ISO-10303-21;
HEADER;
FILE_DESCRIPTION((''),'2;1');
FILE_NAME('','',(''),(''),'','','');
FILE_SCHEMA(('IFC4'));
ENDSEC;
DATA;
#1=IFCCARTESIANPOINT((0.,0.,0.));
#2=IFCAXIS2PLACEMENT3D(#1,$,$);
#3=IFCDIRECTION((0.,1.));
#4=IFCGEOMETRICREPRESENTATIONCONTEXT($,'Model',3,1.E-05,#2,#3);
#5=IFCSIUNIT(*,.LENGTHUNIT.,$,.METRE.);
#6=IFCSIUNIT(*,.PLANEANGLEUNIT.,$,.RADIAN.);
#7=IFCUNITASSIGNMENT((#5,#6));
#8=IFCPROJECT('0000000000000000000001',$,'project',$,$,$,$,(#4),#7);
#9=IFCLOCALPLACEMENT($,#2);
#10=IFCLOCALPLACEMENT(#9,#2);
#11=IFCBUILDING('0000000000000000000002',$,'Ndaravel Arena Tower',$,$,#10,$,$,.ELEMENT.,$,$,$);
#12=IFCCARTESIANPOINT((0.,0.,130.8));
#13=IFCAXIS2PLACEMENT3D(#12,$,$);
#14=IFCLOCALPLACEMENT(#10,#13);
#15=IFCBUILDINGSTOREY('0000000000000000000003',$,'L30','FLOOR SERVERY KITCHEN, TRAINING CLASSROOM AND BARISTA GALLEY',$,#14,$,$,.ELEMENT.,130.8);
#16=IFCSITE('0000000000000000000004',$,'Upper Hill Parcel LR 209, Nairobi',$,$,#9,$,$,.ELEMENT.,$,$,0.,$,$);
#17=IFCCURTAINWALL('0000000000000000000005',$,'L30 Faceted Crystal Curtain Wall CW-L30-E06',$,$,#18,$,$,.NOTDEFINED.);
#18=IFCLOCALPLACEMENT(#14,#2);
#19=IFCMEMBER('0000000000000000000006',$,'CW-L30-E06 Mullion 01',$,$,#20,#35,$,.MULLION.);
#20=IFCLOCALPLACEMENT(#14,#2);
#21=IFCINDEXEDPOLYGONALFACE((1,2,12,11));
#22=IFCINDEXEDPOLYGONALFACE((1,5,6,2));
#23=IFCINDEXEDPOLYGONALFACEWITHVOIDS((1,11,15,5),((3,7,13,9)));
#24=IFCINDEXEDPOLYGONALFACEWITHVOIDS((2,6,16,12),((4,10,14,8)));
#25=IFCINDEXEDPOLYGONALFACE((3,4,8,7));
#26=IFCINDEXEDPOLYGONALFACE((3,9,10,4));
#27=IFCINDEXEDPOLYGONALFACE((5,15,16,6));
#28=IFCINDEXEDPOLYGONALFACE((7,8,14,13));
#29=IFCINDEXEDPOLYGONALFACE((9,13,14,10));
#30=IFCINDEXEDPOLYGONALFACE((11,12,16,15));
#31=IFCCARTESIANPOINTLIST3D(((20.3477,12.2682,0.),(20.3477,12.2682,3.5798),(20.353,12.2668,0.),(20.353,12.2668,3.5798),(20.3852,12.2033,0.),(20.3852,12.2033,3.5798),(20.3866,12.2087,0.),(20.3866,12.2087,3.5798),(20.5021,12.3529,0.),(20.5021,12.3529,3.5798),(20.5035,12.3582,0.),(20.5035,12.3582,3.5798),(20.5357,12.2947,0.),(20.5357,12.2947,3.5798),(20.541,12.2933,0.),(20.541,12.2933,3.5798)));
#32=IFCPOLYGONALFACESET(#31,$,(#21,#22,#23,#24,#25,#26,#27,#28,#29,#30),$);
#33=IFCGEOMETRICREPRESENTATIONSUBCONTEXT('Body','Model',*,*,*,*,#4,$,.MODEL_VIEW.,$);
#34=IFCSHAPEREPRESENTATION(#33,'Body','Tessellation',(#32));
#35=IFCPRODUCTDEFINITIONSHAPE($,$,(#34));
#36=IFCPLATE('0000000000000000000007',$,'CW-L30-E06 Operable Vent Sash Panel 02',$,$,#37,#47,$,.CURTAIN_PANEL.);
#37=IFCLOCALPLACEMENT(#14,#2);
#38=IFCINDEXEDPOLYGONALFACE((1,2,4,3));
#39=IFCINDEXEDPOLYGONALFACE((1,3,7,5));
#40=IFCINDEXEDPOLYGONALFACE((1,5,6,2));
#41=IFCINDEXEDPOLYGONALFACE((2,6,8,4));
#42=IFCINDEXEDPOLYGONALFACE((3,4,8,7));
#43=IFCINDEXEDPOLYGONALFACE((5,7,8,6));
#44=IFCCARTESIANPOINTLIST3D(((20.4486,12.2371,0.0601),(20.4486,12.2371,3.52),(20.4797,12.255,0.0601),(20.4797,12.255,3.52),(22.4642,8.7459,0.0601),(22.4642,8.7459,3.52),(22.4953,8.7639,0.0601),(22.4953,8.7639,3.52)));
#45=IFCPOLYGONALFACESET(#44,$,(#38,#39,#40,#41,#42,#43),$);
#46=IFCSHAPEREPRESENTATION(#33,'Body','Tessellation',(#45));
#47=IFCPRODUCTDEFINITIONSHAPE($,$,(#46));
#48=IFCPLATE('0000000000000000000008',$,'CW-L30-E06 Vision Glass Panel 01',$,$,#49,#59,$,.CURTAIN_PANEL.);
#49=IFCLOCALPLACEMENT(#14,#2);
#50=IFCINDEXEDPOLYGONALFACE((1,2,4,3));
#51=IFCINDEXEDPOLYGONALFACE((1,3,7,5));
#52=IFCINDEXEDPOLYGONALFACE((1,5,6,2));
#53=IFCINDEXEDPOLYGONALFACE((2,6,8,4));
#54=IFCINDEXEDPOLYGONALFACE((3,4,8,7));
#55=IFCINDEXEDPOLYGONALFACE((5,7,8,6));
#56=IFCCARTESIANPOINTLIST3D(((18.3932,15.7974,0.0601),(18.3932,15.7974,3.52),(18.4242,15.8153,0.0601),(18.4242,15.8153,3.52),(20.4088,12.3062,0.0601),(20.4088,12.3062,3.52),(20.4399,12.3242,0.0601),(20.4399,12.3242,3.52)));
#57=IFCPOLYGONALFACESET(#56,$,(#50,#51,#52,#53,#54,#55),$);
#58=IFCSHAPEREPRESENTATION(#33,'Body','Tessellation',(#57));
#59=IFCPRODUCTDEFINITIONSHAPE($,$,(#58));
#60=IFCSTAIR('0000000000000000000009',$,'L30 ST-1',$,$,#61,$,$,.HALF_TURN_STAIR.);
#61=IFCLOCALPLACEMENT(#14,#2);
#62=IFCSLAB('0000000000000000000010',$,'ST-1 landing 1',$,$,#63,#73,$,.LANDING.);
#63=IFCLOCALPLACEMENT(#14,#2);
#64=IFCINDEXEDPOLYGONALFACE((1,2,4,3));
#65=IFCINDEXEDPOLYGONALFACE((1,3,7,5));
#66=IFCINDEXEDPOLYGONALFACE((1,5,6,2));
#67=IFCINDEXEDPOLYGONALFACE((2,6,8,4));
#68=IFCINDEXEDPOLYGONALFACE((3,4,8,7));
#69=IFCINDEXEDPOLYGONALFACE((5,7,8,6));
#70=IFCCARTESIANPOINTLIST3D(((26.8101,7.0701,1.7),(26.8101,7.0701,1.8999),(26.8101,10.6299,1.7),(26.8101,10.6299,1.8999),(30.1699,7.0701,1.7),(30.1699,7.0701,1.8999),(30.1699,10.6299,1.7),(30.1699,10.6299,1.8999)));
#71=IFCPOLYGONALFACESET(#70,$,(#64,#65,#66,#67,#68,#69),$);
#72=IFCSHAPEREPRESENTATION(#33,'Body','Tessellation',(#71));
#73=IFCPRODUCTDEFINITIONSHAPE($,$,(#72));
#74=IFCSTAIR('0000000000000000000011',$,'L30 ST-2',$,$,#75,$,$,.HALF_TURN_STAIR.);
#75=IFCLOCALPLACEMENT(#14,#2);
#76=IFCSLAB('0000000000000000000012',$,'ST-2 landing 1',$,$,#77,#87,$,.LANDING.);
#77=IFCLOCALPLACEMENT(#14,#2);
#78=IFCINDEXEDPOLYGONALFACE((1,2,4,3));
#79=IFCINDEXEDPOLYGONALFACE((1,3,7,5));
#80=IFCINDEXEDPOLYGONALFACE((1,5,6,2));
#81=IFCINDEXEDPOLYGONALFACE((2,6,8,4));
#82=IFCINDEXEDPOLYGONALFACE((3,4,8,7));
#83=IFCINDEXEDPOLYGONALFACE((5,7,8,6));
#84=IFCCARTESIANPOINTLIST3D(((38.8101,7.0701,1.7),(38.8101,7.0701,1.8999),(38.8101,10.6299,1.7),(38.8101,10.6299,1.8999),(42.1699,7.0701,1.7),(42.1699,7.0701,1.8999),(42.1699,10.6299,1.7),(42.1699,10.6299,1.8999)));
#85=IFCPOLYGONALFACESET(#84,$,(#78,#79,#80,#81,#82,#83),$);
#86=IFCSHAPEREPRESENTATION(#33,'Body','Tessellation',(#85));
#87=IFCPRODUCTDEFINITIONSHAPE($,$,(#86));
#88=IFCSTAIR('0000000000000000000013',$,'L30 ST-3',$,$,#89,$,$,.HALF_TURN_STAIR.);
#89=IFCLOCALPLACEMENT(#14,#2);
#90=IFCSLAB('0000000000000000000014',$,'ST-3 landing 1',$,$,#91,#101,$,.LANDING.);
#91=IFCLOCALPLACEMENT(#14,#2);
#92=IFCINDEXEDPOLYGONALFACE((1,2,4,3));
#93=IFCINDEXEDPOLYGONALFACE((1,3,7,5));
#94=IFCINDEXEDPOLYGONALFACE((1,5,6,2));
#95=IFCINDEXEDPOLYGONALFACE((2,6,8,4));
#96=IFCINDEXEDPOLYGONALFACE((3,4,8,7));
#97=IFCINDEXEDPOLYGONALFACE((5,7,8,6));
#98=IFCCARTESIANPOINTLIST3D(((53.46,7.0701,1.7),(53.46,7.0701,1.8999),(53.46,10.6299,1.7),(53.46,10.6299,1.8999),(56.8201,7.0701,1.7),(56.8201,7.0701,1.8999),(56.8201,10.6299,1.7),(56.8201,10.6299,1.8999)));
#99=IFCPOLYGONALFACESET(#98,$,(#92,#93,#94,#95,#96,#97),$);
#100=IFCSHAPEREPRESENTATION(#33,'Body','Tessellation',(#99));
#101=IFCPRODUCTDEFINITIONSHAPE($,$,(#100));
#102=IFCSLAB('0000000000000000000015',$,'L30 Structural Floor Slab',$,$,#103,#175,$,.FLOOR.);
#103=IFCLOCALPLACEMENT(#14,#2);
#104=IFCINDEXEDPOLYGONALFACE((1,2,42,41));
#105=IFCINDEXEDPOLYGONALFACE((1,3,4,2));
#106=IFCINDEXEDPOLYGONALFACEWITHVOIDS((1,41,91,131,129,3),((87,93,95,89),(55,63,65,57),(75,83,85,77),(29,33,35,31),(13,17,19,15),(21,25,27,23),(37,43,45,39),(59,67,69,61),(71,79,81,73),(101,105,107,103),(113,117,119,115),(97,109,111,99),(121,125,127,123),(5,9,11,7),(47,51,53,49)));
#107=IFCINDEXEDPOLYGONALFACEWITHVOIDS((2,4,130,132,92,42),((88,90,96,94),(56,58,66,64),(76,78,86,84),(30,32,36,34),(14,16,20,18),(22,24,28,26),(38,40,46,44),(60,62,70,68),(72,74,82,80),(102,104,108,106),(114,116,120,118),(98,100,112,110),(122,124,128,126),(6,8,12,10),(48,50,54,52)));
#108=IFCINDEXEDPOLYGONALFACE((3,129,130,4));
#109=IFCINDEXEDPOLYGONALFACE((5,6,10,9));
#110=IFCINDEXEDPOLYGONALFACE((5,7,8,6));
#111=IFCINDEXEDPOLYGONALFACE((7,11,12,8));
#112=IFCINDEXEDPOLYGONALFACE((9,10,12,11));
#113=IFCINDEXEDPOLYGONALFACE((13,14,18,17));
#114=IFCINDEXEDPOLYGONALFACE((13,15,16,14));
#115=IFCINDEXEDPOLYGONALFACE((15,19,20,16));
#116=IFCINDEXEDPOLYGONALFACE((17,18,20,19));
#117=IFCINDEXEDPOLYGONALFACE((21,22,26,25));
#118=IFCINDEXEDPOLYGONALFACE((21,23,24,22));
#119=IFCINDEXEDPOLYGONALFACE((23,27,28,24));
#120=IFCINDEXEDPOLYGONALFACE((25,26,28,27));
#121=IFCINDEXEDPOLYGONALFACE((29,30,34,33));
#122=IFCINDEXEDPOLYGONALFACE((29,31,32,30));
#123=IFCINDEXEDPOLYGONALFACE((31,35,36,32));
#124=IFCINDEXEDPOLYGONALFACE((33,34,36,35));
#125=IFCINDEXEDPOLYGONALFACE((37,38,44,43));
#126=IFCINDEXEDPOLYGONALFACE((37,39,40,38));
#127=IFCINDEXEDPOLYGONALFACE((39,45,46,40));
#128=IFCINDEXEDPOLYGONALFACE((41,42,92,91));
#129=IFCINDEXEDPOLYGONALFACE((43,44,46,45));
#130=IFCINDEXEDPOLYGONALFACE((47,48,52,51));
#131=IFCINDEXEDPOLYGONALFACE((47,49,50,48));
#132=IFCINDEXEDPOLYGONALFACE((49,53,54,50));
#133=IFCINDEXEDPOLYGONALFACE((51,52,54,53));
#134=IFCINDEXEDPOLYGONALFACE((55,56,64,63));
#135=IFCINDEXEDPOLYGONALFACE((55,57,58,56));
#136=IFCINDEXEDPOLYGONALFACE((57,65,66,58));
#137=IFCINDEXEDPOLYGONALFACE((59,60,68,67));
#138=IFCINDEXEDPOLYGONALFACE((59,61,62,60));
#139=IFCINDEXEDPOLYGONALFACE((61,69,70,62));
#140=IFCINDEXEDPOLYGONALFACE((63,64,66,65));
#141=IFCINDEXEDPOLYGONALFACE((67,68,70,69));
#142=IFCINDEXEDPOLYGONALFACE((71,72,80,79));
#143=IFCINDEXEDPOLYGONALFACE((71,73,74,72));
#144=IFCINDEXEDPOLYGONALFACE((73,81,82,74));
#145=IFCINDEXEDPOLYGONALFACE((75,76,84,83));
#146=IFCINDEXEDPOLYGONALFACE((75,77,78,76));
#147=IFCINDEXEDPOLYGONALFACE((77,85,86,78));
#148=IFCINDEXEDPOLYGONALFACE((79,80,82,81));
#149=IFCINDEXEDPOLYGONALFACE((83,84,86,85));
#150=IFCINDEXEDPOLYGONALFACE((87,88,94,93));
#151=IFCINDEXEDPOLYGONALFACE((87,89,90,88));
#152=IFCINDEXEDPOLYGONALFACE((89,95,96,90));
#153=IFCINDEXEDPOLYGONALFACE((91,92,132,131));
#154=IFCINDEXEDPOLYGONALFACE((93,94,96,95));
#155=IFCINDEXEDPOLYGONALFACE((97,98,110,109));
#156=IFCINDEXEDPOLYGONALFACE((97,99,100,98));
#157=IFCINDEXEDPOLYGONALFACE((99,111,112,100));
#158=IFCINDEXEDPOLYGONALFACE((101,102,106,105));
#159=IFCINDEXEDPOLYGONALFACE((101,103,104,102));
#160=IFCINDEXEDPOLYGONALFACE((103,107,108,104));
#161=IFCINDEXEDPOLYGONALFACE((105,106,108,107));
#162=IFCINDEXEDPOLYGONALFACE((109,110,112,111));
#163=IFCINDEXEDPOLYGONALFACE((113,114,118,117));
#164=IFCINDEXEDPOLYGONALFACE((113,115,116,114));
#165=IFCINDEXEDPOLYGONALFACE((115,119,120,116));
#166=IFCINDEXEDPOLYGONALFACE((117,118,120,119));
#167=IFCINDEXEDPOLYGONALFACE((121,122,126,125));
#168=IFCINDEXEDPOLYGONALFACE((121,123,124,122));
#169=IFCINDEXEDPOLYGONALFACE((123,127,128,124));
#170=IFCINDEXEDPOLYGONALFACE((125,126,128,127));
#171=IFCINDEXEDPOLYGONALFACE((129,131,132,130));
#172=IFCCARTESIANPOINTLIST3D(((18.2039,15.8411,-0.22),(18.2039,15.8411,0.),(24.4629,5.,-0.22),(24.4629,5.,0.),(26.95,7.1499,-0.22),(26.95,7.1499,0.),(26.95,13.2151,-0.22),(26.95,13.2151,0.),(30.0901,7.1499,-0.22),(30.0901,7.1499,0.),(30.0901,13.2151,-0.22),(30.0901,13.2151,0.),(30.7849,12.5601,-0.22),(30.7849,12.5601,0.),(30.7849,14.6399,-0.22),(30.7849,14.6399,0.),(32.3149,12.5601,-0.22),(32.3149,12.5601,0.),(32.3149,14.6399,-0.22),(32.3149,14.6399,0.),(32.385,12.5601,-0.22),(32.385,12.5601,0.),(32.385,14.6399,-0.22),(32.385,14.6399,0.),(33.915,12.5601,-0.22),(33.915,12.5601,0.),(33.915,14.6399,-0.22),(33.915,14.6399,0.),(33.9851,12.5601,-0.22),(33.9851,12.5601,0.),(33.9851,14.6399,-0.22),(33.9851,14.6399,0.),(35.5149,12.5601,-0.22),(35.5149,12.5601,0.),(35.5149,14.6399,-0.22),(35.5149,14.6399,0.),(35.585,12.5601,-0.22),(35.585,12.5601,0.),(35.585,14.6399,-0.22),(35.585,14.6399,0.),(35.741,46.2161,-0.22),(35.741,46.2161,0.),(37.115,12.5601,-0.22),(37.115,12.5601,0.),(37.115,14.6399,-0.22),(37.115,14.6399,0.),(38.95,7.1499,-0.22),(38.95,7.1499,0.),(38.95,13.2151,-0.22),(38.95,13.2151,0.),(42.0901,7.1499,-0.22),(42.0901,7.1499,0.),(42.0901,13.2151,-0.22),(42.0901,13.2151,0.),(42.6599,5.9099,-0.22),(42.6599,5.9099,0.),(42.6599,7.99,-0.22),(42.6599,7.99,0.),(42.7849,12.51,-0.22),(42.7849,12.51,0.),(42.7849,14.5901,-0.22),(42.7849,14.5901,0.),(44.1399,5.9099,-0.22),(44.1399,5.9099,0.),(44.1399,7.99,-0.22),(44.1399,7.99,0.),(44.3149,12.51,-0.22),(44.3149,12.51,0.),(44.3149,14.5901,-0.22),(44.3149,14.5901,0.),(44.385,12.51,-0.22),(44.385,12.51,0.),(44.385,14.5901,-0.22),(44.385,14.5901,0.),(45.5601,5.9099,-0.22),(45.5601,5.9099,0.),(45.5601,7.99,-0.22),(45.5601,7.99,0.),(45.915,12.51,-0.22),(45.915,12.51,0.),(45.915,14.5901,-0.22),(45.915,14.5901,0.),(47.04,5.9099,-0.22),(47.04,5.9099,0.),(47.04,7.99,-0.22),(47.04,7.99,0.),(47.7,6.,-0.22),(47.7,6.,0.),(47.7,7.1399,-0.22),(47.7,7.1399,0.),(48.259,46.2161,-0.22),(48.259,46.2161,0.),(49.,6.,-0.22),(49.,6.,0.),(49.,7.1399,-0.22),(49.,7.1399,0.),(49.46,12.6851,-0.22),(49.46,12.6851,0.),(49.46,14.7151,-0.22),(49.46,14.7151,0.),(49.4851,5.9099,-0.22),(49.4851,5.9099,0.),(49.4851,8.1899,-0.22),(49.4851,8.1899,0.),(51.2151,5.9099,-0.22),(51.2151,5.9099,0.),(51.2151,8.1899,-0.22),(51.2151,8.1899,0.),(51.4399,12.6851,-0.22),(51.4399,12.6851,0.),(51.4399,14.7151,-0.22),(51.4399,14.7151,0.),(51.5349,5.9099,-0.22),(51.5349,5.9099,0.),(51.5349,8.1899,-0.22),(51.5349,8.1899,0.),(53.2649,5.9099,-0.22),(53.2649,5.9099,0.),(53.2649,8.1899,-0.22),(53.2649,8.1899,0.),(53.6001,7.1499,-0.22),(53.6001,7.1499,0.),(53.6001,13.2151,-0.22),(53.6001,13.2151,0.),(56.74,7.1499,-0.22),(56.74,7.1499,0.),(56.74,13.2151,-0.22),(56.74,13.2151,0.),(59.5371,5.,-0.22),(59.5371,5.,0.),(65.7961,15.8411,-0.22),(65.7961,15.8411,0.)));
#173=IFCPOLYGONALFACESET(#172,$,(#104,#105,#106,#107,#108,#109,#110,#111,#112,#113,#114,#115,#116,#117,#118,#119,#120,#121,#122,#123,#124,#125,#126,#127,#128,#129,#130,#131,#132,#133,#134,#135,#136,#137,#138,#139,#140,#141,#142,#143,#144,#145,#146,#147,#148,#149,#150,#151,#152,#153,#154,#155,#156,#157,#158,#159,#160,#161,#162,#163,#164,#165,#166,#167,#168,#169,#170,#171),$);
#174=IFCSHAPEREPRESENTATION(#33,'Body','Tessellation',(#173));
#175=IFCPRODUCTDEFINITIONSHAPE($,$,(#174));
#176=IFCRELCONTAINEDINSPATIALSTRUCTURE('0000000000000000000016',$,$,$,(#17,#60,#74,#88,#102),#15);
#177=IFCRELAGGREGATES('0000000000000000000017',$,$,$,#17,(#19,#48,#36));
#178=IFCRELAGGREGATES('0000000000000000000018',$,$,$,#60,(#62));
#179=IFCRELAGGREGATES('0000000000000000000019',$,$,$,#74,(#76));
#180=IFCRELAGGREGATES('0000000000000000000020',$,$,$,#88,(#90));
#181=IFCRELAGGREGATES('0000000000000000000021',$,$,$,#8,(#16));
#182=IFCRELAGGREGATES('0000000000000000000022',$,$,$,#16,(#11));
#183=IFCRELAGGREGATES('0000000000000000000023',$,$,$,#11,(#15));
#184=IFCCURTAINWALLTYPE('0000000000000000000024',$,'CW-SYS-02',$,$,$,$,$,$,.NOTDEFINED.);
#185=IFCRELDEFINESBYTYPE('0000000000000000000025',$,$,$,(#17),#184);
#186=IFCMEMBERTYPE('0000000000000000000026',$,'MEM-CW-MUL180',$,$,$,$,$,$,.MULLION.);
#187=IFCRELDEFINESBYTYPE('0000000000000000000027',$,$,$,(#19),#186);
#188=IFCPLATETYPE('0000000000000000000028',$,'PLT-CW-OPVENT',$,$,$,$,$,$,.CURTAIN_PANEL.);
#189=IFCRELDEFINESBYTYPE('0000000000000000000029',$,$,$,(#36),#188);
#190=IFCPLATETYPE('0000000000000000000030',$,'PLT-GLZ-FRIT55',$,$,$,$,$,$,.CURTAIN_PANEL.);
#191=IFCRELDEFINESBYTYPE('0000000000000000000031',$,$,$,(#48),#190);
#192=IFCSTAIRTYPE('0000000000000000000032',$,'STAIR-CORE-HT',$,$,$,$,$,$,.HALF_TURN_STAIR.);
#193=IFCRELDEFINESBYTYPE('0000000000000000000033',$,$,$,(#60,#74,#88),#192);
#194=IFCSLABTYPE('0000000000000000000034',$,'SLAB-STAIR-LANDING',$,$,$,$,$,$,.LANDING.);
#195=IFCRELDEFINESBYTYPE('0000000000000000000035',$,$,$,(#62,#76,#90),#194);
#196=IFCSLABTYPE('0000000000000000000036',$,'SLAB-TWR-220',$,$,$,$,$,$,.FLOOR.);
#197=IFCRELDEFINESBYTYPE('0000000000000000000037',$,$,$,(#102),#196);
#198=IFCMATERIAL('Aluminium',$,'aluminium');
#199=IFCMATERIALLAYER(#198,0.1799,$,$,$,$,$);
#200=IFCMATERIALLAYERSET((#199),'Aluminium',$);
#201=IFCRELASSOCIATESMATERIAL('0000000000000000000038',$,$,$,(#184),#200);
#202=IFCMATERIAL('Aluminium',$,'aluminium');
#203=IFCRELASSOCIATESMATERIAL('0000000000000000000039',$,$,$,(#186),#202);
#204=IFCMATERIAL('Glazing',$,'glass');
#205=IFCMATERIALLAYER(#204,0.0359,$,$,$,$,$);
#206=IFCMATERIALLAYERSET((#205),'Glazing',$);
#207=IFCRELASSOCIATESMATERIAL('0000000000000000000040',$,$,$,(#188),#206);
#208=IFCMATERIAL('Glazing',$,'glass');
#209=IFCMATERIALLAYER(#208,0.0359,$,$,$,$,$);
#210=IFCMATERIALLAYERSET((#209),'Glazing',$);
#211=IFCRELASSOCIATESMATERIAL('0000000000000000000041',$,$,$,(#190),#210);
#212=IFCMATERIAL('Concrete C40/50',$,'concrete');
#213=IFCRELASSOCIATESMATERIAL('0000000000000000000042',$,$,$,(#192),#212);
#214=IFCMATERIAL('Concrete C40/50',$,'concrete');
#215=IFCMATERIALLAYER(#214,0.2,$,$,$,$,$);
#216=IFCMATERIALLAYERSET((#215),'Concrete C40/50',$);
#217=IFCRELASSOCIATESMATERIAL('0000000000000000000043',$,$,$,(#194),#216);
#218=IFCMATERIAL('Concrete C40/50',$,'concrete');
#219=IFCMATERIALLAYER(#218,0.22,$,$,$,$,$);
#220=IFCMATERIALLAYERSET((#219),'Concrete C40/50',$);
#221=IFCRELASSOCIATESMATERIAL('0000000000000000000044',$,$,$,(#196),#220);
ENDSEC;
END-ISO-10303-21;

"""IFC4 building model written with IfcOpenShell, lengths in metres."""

from ifc_helpers import new_model, si_unit, direction, frame, origin, origin_2d, place, context, subcontext, project, spatial, polyline, rectangle, hollow_rectangle, outline, extrude, material, layer, layer_set, material_profile, profile_set, type_object, element, aggregate, save


model = new_model("IFC4")

# Units and contexts
model_context = context("Model", 3, precision=1e-05, world=origin(), true_north=direction((0.0, 1.0)))
body_context = subcontext(model_context, "Body", "Model", "MODEL_VIEW")
ifc_project = project(units=[si_unit("LENGTHUNIT", "METRE"), si_unit("PLANEANGLEUNIT", "RADIAN")], contexts=[model_context])

# Site, building, storey
site_placement = place(None, origin())
site = spatial("IfcSite", under=ifc_project, at=site_placement, Name="Upper Hill Parcel LR 209, Nairobi", CompositionType="ELEMENT", RefElevation=0.0)
building_placement = place(site_placement, origin())
building = spatial("IfcBuilding", under=site, at=building_placement, Name="Ndaravel Arena Tower", CompositionType="ELEMENT")
storey_placement = place(building_placement, frame((0.0, 0.0, 130.8)))
storey = spatial("IfcBuildingStorey", under=building, at=storey_placement, Name="L30", Description="FLOOR SERVERY KITCHEN, TRAINING CLASSROOM AND BARISTA GALLEY", CompositionType="ELEMENT", Elevation=130.8)

# Curtain wall, member, plates
ifc_material_1 = material(Name="Aluminium", Category="aluminium")
ifc_layer_1 = layer(ifc_material_1, 0.1799)
ifc_layer_set_1 = layer_set([ifc_layer_1], Name="Aluminium")
curtain_wall_type = type_object("IfcCurtainWallType", Name="CW-SYS-02", PredefinedType="NOTDEFINED", material=ifc_layer_set_1)
curtain_wall_placement = place(storey_placement, origin())
curtain_wall = element("IfcCurtainWall", 1, at=curtain_wall_placement, inside=storey, type_object=curtain_wall_type, Name="L30 Faceted Crystal Curtain Wall CW-L30-E06", PredefinedType="NOTDEFINED")
ifc_material_2 = material(Name="Aluminium", Category="aluminium")
ifc_material_profile_1 = material_profile(ifc_material_2, hollow_rectangle(XDim=0.075, YDim=0.1799, WallThickness=0.0039, at=origin_2d()), Name="CW MULLION 75x180x4")
ifc_profile_set_1 = profile_set([ifc_material_profile_1], Name="Aluminium")
member_type = type_object("IfcMemberType", Name="MEM-CW-MUL180", PredefinedType="MULLION", material=ifc_profile_set_1)
member_placement = place(storey_placement, frame((20.4443, 12.2808, 0.0), z_axis=(0.0, 0.0, 1.0), x_axis=(0.5, -0.866025, 0.0)))
member = element("IfcMember", 2, at=member_placement, type_object=member_type, Name="CW-L30-E06 Mullion 01", PredefinedType="MULLION", context=body_context, shape_type="SweptSolid", body=[
    extrude(hollow_rectangle(XDim=0.075, YDim=0.1799, WallThickness=0.0039, at=origin_2d()), origin(), (0.0, 0.0, 1.0), 3.5798),
])
ifc_material_3 = material(Name="Glazing", Category="glass")
ifc_layer_2 = layer(ifc_material_3, 0.0359)
ifc_layer_set_2 = layer_set([ifc_layer_2], Name="Glazing")
plate_type_1 = type_object("IfcPlateType", Name="PLT-CW-OPVENT", PredefinedType="CURTAIN_PANEL", material=ifc_layer_set_2)
plate_1_placement = place(storey_placement, frame((21.4719, 10.5005, 0.0601), z_axis=(0.0, 0.0, 1.0), x_axis=(0.5, -0.866025, 0.0)))
plate_1 = element("IfcPlate", 3, at=plate_1_placement, type_object=plate_type_1, Name="CW-L30-E06 Operable Vent Sash Panel 02", PredefinedType="CURTAIN_PANEL", context=body_context, shape_type="SweptSolid", body=[
    extrude(rectangle(XDim=4.0312, YDim=0.0359, at=origin_2d()), origin(), (0.0, 0.0, 1.0), 3.46),
])
ifc_material_4 = material(Name="Glazing", Category="glass")
ifc_layer_3 = layer(ifc_material_4, 0.0359)
ifc_layer_set_3 = layer_set([ifc_layer_3], Name="Glazing")
plate_type_2 = type_object("IfcPlateType", Name="PLT-GLZ-FRIT55", PredefinedType="CURTAIN_PANEL", material=ifc_layer_set_3)
plate_2_placement = place(storey_placement, frame((19.4165, 14.0608, 0.0601), z_axis=(0.0, 0.0, 1.0), x_axis=(0.5, -0.866025, 0.0)))
plate_2 = element("IfcPlate", 4, at=plate_2_placement, type_object=plate_type_2, Name="CW-L30-E06 Vision Glass Panel 01", PredefinedType="CURTAIN_PANEL", context=body_context, shape_type="SweptSolid", body=[
    extrude(rectangle(XDim=4.0312, YDim=0.0359, at=origin_2d()), origin(), (0.0, 0.0, 1.0), 3.46),
])
aggregate(curtain_wall, [member, plate_2, plate_1])

# Stairs, slabs
ifc_material_5 = material(Name="Concrete C40/50", Category="concrete")
stair_type = type_object("IfcStairType", Name="STAIR-CORE-HT", PredefinedType="HALF_TURN_STAIR", material=ifc_material_5)
stair_1_placement = place(storey_placement, origin())
stair_1 = element("IfcStair", 5, at=stair_1_placement, inside=storey, type_object=stair_type, Name="L30 ST-1", PredefinedType="HALF_TURN_STAIR")
ifc_material_6 = material(Name="Concrete C40/50", Category="concrete")
ifc_layer_4 = layer(ifc_material_6, 0.2)
ifc_layer_set_4 = layer_set([ifc_layer_4], Name="Concrete C40/50")
slab_type_1 = type_object("IfcSlabType", Name="SLAB-STAIR-LANDING", PredefinedType="LANDING", material=ifc_layer_set_4)
slab_1_placement = place(storey_placement, frame((0.0, 0.0, 1.7)))
slab_1 = element("IfcSlab", 6, at=slab_1_placement, type_object=slab_type_1, Name="ST-1 landing 1", PredefinedType="LANDING", context=body_context, shape_type="SweptSolid", body=[
    extrude(outline(polyline([(26.8101, 10.6299), (26.8101, 7.0701), (30.1699, 7.0701), (30.1699, 10.6299), (26.8101, 10.6299)])), origin(), (0.0, 0.0, 1.0), 0.2),
])
aggregate(stair_1, [slab_1])
stair_2_placement = place(storey_placement, origin())
stair_2 = element("IfcStair", 7, at=stair_2_placement, inside=storey, type_object=stair_type, Name="L30 ST-2", PredefinedType="HALF_TURN_STAIR")
slab_2_placement = place(storey_placement, frame((0.0, 0.0, 1.7)))
slab_2 = element("IfcSlab", 8, at=slab_2_placement, type_object=slab_type_1, Name="ST-2 landing 1", PredefinedType="LANDING", context=body_context, shape_type="SweptSolid", body=[
    extrude(outline(polyline([(38.8101, 10.6299), (38.8101, 7.0701), (42.1699, 7.0701), (42.1699, 10.6299), (38.8101, 10.6299)])), origin(), (0.0, 0.0, 1.0), 0.2),
])
aggregate(stair_2, [slab_2])
stair_3_placement = place(storey_placement, origin())
stair_3 = element("IfcStair", 9, at=stair_3_placement, inside=storey, type_object=stair_type, Name="L30 ST-3", PredefinedType="HALF_TURN_STAIR")
slab_3_placement = place(storey_placement, frame((0.0, 0.0, 1.7)))
slab_3 = element("IfcSlab", 10, at=slab_3_placement, type_object=slab_type_1, Name="ST-3 landing 1", PredefinedType="LANDING", context=body_context, shape_type="SweptSolid", body=[
    extrude(outline(polyline([(53.46, 10.6299), (53.46, 7.0701), (56.8201, 7.0701), (56.8201, 10.6299), (53.46, 10.6299)])), origin(), (0.0, 0.0, 1.0), 0.2),
])
aggregate(stair_3, [slab_3])

# Slab
ifc_material_7 = material(Name="Concrete C40/50", Category="concrete")
ifc_layer_5 = layer(ifc_material_7, 0.22)
ifc_layer_set_5 = layer_set([ifc_layer_5], Name="Concrete C40/50")
slab_type_2 = type_object("IfcSlabType", Name="SLAB-TWR-220", PredefinedType="FLOOR", material=ifc_layer_set_5)
slab_4_placement = place(storey_placement, frame((0.0, 0.0, -0.22)))
element("IfcSlab", 11, at=slab_4_placement, inside=storey, type_object=slab_type_2, Name="L30 Structural Floor Slab", PredefinedType="FLOOR", context=body_context, shape_type="SweptSolid", body=[
    extrude(outline(polyline([(18.2039, 15.8411), (24.4629, 5.0), (59.5371, 5.0), (65.7961, 15.8411), (48.259, 46.2161), (35.741, 46.2161), (18.2039, 15.8411)]), holes=[polyline([(26.95, 13.2151), (26.95, 7.1499), (30.0901, 7.1499), (30.0901, 13.2151), (26.95, 13.2151)]), polyline([(38.95, 13.2151), (38.95, 7.1499), (42.0901, 7.1499), (42.0901, 13.2151), (38.95, 13.2151)]), polyline([(53.6001, 13.2151), (53.6001, 7.1499), (56.74, 7.1499), (56.74, 13.2151), (53.6001, 13.2151)]), polyline([(30.7849, 12.5601), (32.3149, 12.5601), (32.3149, 14.6399), (30.7849, 14.6399), (30.7849, 12.5601)]), polyline([(32.385, 12.5601), (33.915, 12.5601), (33.915, 14.6399), (32.385, 14.6399), (32.385, 12.5601)]), polyline([(33.9851, 12.5601), (35.5149, 12.5601), (35.5149, 14.6399), (33.9851, 14.6399), (33.9851, 12.5601)]), polyline([(35.585, 12.5601), (37.115, 12.5601), (37.115, 14.6399), (35.585, 14.6399), (35.585, 12.5601)]), polyline([(42.6599, 5.9099), (44.1399, 5.9099), (44.1399, 7.99), (42.6599, 7.99), (42.6599, 5.9099)]), polyline([(45.5601, 5.9099), (47.04, 5.9099), (47.04, 7.99), (45.5601, 7.99), (45.5601, 5.9099)]), polyline([(42.7849, 12.51), (44.3149, 12.51), (44.3149, 14.5901), (42.7849, 14.5901), (42.7849, 12.51)]), polyline([(44.385, 12.51), (45.915, 12.51), (45.915, 14.5901), (44.385, 14.5901), (44.385, 12.51)]), polyline([(49.4851, 5.9099), (51.2151, 5.9099), (51.2151, 8.1899), (49.4851, 8.1899), (49.4851, 5.9099)]), polyline([(51.5349, 5.9099), (53.2649, 5.9099), (53.2649, 8.1899), (51.5349, 8.1899), (51.5349, 5.9099)]), polyline([(49.46, 12.6851), (51.4399, 12.6851), (51.4399, 14.7151), (49.46, 14.7151), (49.46, 12.6851)]), polyline([(47.7, 6.0), (49.0, 6.0), (49.0, 7.1399), (47.7, 7.1399), (47.7, 6.0)])]), origin(), (0.0, 0.0, 1.0), 0.22),
])

save(model, "model.ifc")
